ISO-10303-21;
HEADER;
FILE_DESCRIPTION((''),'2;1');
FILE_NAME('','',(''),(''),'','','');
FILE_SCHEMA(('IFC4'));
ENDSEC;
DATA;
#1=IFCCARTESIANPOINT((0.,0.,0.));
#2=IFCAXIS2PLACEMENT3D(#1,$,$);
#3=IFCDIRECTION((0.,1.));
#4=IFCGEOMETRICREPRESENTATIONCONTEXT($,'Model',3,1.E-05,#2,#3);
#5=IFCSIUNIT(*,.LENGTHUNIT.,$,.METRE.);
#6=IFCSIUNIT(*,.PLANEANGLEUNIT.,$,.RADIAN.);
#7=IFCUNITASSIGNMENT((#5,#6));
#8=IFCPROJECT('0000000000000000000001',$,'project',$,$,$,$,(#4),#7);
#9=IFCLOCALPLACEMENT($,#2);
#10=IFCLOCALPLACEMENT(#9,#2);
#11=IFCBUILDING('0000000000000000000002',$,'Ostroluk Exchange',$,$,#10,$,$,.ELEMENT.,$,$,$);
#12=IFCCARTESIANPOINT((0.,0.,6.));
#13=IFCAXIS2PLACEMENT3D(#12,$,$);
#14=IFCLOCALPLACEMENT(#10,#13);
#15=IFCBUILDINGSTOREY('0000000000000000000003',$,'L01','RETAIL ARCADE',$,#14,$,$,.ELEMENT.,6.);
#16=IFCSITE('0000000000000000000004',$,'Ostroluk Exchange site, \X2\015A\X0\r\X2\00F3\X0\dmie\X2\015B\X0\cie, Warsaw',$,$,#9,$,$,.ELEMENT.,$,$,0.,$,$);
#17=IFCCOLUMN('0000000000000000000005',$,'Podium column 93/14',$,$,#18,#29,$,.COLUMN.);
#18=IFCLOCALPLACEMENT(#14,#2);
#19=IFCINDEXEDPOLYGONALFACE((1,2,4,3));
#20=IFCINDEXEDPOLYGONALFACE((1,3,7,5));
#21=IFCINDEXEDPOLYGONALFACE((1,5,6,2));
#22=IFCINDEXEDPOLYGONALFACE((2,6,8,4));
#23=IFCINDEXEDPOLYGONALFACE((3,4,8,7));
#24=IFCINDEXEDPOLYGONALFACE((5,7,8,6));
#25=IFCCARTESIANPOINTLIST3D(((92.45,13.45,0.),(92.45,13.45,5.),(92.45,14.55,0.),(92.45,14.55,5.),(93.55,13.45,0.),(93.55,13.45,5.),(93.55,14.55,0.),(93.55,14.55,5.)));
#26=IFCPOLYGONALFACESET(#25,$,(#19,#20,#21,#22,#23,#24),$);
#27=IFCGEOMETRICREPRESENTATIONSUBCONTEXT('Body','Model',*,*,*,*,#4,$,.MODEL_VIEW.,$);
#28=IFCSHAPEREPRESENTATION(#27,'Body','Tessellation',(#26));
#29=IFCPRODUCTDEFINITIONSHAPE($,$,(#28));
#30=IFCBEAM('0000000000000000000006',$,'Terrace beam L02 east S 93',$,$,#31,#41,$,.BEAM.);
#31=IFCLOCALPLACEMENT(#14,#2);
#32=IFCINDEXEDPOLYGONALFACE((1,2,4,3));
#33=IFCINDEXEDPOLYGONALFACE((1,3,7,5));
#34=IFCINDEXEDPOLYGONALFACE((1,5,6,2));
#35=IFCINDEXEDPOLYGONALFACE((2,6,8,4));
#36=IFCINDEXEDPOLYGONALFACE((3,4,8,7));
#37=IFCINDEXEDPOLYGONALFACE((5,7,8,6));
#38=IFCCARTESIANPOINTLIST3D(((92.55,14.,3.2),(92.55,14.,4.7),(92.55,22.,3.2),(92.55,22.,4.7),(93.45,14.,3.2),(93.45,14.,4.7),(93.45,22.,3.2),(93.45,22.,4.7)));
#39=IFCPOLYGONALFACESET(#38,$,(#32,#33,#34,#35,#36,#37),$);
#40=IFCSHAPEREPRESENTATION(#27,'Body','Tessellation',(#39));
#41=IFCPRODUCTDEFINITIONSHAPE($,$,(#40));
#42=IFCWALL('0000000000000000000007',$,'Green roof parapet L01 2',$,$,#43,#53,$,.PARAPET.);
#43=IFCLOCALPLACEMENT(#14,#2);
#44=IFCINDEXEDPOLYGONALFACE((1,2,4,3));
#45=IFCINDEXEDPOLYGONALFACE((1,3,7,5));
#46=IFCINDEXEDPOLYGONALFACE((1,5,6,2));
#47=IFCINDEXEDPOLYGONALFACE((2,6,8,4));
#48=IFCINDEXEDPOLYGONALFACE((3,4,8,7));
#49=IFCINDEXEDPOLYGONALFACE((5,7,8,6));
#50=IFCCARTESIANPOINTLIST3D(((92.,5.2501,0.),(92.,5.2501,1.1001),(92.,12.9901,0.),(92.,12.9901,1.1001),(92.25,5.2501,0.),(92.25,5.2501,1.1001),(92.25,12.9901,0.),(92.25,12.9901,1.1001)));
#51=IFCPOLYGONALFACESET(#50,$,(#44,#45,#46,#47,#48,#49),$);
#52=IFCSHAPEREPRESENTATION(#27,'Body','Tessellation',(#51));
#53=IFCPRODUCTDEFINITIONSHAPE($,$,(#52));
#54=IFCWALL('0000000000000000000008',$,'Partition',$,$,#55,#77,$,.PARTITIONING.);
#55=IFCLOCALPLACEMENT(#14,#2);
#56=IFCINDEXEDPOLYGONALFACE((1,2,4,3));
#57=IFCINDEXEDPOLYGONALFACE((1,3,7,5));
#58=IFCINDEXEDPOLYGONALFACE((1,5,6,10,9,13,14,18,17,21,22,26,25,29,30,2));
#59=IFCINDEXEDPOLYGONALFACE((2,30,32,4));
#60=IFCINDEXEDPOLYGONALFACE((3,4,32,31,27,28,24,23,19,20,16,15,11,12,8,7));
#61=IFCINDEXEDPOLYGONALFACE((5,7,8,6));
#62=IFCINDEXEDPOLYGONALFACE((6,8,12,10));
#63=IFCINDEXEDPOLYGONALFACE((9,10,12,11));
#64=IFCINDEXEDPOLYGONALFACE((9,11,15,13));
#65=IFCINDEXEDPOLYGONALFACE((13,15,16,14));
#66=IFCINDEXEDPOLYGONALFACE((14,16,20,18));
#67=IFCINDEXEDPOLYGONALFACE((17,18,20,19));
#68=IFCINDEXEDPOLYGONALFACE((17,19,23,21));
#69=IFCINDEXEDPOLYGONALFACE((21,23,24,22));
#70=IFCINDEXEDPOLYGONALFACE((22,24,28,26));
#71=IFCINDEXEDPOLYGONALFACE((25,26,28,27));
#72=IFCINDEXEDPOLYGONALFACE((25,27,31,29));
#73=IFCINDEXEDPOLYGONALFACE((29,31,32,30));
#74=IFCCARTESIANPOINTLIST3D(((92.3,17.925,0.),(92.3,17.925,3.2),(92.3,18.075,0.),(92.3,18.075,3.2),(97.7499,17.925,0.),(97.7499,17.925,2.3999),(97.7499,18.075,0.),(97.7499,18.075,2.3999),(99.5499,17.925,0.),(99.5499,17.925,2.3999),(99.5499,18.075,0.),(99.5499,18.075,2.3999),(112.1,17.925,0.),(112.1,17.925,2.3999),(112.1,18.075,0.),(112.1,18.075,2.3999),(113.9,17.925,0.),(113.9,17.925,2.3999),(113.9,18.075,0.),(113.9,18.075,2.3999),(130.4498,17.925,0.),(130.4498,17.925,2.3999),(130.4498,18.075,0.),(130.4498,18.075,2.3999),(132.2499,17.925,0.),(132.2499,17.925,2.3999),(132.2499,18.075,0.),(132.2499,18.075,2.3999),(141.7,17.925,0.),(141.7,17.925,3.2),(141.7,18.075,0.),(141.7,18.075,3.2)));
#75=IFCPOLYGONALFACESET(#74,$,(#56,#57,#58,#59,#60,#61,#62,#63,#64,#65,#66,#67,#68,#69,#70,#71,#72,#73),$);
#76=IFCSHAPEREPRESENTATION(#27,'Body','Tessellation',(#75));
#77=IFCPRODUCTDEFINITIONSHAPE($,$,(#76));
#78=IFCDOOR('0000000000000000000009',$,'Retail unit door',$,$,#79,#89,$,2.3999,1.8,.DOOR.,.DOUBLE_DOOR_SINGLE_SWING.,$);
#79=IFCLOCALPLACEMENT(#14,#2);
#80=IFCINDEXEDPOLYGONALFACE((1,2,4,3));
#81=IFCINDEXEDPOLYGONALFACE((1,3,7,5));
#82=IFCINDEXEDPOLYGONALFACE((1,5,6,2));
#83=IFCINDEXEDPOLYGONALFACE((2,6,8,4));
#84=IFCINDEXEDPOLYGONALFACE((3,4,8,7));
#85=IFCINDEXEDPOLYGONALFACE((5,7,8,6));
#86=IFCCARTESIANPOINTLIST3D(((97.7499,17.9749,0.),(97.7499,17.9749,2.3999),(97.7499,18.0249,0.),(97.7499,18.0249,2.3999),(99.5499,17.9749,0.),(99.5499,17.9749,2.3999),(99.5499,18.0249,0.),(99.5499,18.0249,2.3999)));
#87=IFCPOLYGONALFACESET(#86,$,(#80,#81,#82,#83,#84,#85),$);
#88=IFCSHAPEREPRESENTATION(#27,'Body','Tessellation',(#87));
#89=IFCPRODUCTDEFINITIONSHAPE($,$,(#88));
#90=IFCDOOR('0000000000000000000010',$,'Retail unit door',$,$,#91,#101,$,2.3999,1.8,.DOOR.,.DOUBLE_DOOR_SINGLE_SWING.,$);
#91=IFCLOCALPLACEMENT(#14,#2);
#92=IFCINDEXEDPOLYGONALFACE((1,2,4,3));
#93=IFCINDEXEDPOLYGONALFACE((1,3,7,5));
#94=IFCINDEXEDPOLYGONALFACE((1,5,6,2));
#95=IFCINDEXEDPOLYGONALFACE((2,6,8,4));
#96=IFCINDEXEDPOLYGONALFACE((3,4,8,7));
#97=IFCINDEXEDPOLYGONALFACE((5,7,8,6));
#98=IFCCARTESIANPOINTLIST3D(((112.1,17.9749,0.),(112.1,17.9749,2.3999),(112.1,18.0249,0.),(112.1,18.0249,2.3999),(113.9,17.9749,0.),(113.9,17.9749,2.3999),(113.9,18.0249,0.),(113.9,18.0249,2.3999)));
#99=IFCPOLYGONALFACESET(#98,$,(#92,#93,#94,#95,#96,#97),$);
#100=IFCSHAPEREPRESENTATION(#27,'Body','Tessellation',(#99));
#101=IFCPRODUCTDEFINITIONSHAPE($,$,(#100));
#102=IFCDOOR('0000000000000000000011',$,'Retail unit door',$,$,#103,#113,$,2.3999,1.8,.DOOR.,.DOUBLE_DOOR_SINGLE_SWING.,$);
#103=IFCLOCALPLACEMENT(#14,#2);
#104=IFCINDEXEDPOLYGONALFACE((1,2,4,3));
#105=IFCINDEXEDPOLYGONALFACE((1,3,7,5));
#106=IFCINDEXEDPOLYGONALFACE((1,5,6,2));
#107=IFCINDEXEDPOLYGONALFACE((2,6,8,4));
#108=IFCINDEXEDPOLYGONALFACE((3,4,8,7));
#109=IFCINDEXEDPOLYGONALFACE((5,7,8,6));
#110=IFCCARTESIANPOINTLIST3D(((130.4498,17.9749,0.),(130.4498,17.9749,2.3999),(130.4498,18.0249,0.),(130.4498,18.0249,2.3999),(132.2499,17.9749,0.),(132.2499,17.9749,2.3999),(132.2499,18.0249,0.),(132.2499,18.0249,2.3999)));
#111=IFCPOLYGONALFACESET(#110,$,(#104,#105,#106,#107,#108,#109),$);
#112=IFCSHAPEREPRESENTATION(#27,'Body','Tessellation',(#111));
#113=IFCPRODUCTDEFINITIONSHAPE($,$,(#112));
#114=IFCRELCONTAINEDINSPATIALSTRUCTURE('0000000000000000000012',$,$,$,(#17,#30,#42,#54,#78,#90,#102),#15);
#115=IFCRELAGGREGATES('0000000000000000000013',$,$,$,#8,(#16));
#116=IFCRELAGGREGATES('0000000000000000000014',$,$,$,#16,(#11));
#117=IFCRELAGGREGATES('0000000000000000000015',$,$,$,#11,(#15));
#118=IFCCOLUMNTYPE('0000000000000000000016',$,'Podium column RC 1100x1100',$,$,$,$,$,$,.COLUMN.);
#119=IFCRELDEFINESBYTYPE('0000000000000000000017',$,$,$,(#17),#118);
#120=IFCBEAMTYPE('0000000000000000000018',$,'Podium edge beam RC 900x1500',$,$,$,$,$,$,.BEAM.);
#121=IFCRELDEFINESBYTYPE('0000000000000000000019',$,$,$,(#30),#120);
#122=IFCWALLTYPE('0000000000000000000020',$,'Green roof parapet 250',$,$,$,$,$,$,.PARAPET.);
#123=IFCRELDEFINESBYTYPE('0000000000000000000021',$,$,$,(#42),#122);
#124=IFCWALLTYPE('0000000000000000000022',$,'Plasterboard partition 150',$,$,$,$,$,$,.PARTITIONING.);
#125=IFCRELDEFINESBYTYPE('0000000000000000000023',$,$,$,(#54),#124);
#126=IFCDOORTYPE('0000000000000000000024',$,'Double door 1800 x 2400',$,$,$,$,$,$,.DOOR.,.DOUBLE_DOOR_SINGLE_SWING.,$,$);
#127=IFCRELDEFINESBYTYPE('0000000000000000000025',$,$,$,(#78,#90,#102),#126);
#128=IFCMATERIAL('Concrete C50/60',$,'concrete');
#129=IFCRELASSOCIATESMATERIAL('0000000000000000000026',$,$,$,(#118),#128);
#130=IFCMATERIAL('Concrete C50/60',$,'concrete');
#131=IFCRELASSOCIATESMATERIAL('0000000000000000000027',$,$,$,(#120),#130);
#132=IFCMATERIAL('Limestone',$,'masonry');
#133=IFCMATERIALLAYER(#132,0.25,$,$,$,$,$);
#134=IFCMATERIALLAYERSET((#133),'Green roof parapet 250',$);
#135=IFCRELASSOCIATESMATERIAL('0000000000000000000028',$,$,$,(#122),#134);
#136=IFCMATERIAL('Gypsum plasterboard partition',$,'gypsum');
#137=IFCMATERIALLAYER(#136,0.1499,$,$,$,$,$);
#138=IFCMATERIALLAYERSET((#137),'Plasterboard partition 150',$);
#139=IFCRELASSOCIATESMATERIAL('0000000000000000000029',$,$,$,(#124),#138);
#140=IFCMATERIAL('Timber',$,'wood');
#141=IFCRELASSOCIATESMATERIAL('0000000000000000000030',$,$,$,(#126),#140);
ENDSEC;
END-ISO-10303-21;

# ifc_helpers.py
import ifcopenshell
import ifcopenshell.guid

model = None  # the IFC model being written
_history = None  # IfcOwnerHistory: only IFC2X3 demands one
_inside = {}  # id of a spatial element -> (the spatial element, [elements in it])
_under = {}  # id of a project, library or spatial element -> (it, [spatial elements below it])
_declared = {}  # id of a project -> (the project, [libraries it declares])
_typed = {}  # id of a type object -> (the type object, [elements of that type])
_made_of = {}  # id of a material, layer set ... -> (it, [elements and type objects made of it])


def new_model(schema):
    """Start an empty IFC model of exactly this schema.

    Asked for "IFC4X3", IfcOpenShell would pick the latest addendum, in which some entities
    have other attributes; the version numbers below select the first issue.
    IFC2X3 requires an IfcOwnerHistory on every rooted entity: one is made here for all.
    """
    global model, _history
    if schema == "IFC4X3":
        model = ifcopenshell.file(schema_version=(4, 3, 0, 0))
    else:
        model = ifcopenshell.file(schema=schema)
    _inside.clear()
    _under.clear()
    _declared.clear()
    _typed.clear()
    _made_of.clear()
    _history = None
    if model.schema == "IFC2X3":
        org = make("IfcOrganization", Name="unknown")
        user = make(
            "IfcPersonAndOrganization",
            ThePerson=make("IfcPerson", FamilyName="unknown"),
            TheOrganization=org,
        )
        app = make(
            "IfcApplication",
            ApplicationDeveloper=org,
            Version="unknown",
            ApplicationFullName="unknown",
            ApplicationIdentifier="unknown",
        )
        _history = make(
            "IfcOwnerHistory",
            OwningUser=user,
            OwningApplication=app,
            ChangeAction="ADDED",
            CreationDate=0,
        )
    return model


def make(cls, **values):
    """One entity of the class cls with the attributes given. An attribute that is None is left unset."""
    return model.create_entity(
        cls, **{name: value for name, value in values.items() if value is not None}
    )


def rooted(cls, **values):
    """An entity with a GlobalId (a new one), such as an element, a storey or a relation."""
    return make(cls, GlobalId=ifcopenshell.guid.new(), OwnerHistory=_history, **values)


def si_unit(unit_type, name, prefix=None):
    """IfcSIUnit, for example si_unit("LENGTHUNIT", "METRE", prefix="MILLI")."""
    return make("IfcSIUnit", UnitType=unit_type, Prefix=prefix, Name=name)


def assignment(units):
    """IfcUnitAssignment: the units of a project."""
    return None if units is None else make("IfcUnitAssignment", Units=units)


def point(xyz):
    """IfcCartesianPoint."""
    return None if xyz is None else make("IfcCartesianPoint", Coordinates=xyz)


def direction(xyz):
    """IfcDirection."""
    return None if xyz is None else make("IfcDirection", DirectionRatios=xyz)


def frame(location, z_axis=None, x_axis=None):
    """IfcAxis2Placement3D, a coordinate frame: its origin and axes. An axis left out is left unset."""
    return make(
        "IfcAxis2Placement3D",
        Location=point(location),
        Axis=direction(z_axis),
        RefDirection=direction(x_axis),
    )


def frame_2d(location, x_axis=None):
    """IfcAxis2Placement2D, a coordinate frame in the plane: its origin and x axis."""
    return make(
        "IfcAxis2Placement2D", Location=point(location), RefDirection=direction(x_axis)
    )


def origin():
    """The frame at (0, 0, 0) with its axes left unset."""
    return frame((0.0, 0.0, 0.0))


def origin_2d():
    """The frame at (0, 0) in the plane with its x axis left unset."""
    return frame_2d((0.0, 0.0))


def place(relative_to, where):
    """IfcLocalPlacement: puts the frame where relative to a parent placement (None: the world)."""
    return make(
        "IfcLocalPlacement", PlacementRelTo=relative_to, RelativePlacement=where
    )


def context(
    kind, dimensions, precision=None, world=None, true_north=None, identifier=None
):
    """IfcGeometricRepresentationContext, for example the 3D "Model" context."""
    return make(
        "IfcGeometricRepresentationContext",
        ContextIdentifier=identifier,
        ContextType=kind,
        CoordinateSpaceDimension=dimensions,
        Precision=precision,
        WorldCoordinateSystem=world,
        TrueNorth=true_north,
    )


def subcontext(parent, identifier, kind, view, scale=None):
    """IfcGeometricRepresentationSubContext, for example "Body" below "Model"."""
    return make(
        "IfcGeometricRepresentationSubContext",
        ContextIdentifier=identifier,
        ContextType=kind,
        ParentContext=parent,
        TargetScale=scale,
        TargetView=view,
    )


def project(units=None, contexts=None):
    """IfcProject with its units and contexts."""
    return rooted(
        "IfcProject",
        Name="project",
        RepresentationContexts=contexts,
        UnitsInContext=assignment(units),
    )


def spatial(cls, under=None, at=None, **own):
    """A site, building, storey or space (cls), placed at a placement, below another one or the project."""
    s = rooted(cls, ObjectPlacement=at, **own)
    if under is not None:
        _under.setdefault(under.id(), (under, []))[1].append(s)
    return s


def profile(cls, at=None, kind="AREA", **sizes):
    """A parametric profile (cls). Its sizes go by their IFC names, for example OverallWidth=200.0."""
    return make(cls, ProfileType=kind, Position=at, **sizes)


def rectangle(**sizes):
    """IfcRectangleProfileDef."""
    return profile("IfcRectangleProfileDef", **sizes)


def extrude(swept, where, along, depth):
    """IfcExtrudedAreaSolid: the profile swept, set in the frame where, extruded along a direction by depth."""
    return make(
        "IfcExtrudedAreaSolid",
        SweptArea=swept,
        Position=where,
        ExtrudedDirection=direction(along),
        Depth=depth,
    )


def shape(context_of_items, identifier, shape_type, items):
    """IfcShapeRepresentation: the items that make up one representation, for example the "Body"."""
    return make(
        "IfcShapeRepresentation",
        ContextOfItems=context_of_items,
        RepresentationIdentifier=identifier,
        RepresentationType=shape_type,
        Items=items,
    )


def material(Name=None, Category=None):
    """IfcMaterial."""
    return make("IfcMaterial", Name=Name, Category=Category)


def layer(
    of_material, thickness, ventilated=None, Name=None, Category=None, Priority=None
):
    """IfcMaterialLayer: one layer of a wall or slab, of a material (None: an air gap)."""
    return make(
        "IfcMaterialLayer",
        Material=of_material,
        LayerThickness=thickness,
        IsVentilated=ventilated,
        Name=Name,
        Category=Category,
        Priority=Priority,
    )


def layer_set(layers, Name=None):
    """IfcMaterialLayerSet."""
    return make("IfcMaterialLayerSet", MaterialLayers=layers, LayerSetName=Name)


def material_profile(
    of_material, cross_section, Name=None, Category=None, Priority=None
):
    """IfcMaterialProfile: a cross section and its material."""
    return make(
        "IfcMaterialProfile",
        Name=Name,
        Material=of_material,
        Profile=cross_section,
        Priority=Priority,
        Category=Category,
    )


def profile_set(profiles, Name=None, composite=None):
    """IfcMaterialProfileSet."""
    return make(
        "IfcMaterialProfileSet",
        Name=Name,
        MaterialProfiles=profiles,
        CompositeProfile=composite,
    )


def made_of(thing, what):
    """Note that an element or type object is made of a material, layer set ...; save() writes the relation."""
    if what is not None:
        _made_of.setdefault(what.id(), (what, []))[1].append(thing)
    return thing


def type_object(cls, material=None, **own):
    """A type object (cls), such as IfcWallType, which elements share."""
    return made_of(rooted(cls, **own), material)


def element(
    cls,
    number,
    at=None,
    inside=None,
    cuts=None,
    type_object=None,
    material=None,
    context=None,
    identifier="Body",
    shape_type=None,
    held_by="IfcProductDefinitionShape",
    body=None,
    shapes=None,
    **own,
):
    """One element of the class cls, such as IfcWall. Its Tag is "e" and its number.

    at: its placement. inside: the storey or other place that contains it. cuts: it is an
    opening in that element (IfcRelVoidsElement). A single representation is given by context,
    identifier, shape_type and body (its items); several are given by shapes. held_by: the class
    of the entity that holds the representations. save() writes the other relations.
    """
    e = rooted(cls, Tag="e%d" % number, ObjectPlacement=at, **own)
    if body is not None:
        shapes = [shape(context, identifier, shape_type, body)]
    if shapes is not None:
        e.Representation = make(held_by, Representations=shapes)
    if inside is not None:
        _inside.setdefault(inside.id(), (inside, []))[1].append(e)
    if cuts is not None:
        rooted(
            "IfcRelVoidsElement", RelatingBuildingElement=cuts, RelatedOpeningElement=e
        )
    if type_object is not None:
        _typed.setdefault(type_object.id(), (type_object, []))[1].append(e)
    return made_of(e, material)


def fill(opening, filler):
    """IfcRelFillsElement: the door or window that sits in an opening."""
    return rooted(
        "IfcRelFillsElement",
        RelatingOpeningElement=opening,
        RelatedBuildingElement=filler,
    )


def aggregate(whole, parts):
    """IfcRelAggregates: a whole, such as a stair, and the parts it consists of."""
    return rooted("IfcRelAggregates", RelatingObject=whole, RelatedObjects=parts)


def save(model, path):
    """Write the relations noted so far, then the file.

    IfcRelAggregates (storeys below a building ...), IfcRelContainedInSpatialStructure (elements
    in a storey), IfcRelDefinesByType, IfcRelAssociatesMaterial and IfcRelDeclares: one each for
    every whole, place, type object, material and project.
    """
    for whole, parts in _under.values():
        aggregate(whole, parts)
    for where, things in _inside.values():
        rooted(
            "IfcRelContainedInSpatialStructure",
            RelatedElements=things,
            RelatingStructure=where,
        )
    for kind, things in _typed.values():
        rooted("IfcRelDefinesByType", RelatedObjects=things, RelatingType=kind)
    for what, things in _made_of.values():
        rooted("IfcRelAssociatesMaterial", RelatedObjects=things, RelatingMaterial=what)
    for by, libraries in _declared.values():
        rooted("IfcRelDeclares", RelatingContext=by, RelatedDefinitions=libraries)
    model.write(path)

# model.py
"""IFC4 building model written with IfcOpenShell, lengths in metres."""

from ifc_helpers import new_model, si_unit, direction, frame, frame_2d, origin, origin_2d, place, context, subcontext, project, spatial, rectangle, extrude, material, layer, layer_set, material_profile, profile_set, type_object, element, fill, save


model = new_model("IFC4")

# Units and contexts
model_context = context("Model", 3, precision=1e-05, world=origin(), true_north=direction((0.0, 1.0)))
body_context = subcontext(model_context, "Body", "Model", "MODEL_VIEW")
ifc_project = project(units=[si_unit("LENGTHUNIT", "METRE"), si_unit("PLANEANGLEUNIT", "RADIAN")], contexts=[model_context])

# Site, building, storey
site_placement = place(None, origin())
site = spatial("IfcSite", under=ifc_project, at=site_placement, Name="Ostroluk Exchange site, Śródmieście, Warsaw", CompositionType="ELEMENT", RefElevation=0.0)
building_placement = place(site_placement, origin())
building = spatial("IfcBuilding", under=site, at=building_placement, Name="Ostroluk Exchange", CompositionType="ELEMENT")
storey_placement = place(building_placement, frame((0.0, 0.0, 6.0)))
storey = spatial("IfcBuildingStorey", under=building, at=storey_placement, Name="L01", Description="RETAIL ARCADE", CompositionType="ELEMENT", Elevation=6.0)

# Column
ifc_material_1 = material(Name="Concrete C50/60", Category="concrete")
ifc_material_profile_1 = material_profile(ifc_material_1, rectangle(XDim=1.1001, YDim=1.1001, at=origin_2d()), Name="RC 1100x1100")
ifc_profile_set_1 = profile_set([ifc_material_profile_1], Name="Concrete C50/60")
column_type = type_object("IfcColumnType", Name="Podium column RC 1100x1100", PredefinedType="COLUMN", material=ifc_profile_set_1)
column_placement = place(storey_placement, frame((93.0, 14.0, 0.0), z_axis=(0.0, 0.0, 1.0), x_axis=(1.0, 0.0, 0.0)))
element("IfcColumn", 1, at=column_placement, inside=storey, type_object=column_type, Name="Podium column 93/14", PredefinedType="COLUMN", context=body_context, shape_type="SweptSolid", body=[
    extrude(rectangle(XDim=1.1001, YDim=1.1001, at=origin_2d()), origin(), (0.0, 0.0, 1.0), 5.0),
])

# Beam
ifc_material_2 = material(Name="Concrete C50/60", Category="concrete")
ifc_material_profile_2 = material_profile(ifc_material_2, rectangle(XDim=0.8999, YDim=1.5, at=origin_2d()), Name="RC 900x1500")
ifc_profile_set_2 = profile_set([ifc_material_profile_2], Name="Concrete C50/60")
beam_type = type_object("IfcBeamType", Name="Podium edge beam RC 900x1500", PredefinedType="BEAM", material=ifc_profile_set_2)
beam_placement = place(storey_placement, frame((93.0, 14.0, 3.95), z_axis=(0.0, 1.0, 0.0), x_axis=(-1.0, 0.0, 0.0)))
element("IfcBeam", 2, at=beam_placement, inside=storey, type_object=beam_type, Name="Terrace beam L02 east S 93", PredefinedType="BEAM", context=body_context, shape_type="SweptSolid", body=[
    extrude(rectangle(XDim=0.8999, YDim=1.5, at=origin_2d()), origin(), (0.0, 0.0, 1.0), 8.0),
])

# Wall
ifc_material_3 = material(Name="Limestone", Category="masonry")
ifc_layer_1 = layer(ifc_material_3, 0.25)
ifc_layer_set_1 = layer_set([ifc_layer_1], Name="Green roof parapet 250")
wall_type_1 = type_object("IfcWallType", Name="Green roof parapet 250", PredefinedType="PARAPET", material=ifc_layer_set_1)
wall_1_placement = place(storey_placement, frame((92.125, 5.25, 0.0), z_axis=(0.0, 0.0, 1.0), x_axis=(0.0, 1.0, 0.0)))
element("IfcWall", 3, at=wall_1_placement, inside=storey, type_object=wall_type_1, Name="Green roof parapet L01 2", PredefinedType="PARAPET", context=body_context, shape_type="SweptSolid", body=[
    extrude(rectangle(XDim=7.74, YDim=0.25, at=frame_2d((3.8701, 0.0))), origin(), (0.0, 0.0, 1.0), 1.1001),
])

# Wall, openings, doors
ifc_material_4 = material(Name="Gypsum plasterboard partition", Category="gypsum")
ifc_layer_2 = layer(ifc_material_4, 0.1499)
ifc_layer_set_2 = layer_set([ifc_layer_2], Name="Plasterboard partition 150")
wall_type_2 = type_object("IfcWallType", Name="Plasterboard partition 150", PredefinedType="PARTITIONING", material=ifc_layer_set_2)
wall_2_placement = place(storey_placement, frame((92.3, 18.0, 0.0), z_axis=(0.0, 0.0, 1.0), x_axis=(1.0, 0.0, 0.0)))
wall_2 = element("IfcWall", 4, at=wall_2_placement, inside=storey, type_object=wall_type_2, Name="Partition", PredefinedType="PARTITIONING", context=body_context, shape_type="SweptSolid", body=[
    extrude(rectangle(XDim=49.3999, YDim=0.1499, at=frame_2d((24.7, 0.0))), origin(), (0.0, 0.0, 1.0), 3.2),
])
opening_1_placement = place(wall_2_placement, frame((5.45, 0.0, 0.0)))
opening_1 = element("IfcOpeningElement", 5, at=opening_1_placement, cuts=wall_2, PredefinedType="OPENING", context=body_context, shape_type="SweptSolid", body=[
    extrude(rectangle(XDim=1.8, YDim=2.3999, at=frame_2d((0.8999, 1.2))), frame((0.0, 0.085, 0.0), z_axis=(0.0, -1.0, 0.0), x_axis=(1.0, 0.0, 0.0)), (0.0, 0.0, 1.0), 0.1699),
])
opening_2_placement = place(wall_2_placement, frame((19.8, 0.0, 0.0)))
opening_2 = element("IfcOpeningElement", 6, at=opening_2_placement, cuts=wall_2, PredefinedType="OPENING", context=body_context, shape_type="SweptSolid", body=[
    extrude(rectangle(XDim=1.8, YDim=2.3999, at=frame_2d((0.8999, 1.2))), frame((0.0, 0.085, 0.0), z_axis=(0.0, -1.0, 0.0), x_axis=(1.0, 0.0, 0.0)), (0.0, 0.0, 1.0), 0.1699),
])
opening_3_placement = place(wall_2_placement, frame((38.1499, 0.0, 0.0)))
opening_3 = element("IfcOpeningElement", 7, at=opening_3_placement, cuts=wall_2, PredefinedType="OPENING", context=body_context, shape_type="SweptSolid", body=[
    extrude(rectangle(XDim=1.8, YDim=2.3999, at=frame_2d((0.8999, 1.2))), frame((0.0, 0.085, 0.0), z_axis=(0.0, -1.0, 0.0), x_axis=(1.0, 0.0, 0.0)), (0.0, 0.0, 1.0), 0.1699),
])
ifc_material_5 = material(Name="Timber", Category="wood")
door_type_1 = type_object("IfcDoorType", Name="Double door 1800 x 2400", OperationType="DOUBLE_DOOR_SINGLE_SWING", PredefinedType="DOOR", material=ifc_material_5)
door_1_placement = place(opening_1_placement, origin())
door_1 = element("IfcDoor", 8, at=door_1_placement, inside=storey, type_object=door_type_1, Name="Retail unit door", OperationType="DOUBLE_DOOR_SINGLE_SWING", OverallHeight=2.3999, OverallWidth=1.8, PredefinedType="DOOR", context=body_context, shape_type="SweptSolid", body=[
    extrude(rectangle(XDim=1.8, YDim=2.3999, at=frame_2d((0.8999, 1.2))), frame((0.0, 0.0249, 0.0), z_axis=(0.0, -1.0, 0.0), x_axis=(1.0, 0.0, 0.0)), (0.0, 0.0, 1.0), 0.05),
])
fill(opening_1, door_1)
door_2_placement = place(opening_2_placement, origin())
door_2 = element("IfcDoor", 9, at=door_2_placement, inside=storey, type_object=door_type_1, Name="Retail unit door", OperationType="DOUBLE_DOOR_SINGLE_SWING", OverallHeight=2.3999, OverallWidth=1.8, PredefinedType="DOOR", context=body_context, shape_type="SweptSolid", body=[
    extrude(rectangle(XDim=1.8, YDim=2.3999, at=frame_2d((0.8999, 1.2))), frame((0.0, 0.0249, 0.0), z_axis=(0.0, -1.0, 0.0), x_axis=(1.0, 0.0, 0.0)), (0.0, 0.0, 1.0), 0.05),
])
fill(opening_2, door_2)
door_3_placement = place(opening_3_placement, origin())
door_3 = element("IfcDoor", 10, at=door_3_placement, inside=storey, type_object=door_type_1, Name="Retail unit door", OperationType="DOUBLE_DOOR_SINGLE_SWING", OverallHeight=2.3999, OverallWidth=1.8, PredefinedType="DOOR", context=body_context, shape_type="SweptSolid", body=[
    extrude(rectangle(XDim=1.8, YDim=2.3999, at=frame_2d((0.8999, 1.2))), frame((0.0, 0.0249, 0.0), z_axis=(0.0, -1.0, 0.0), x_axis=(1.0, 0.0, 0.0)), (0.0, 0.0, 1.0), 0.05),
])
fill(opening_3, door_3)

save(model, "model.ifc")
